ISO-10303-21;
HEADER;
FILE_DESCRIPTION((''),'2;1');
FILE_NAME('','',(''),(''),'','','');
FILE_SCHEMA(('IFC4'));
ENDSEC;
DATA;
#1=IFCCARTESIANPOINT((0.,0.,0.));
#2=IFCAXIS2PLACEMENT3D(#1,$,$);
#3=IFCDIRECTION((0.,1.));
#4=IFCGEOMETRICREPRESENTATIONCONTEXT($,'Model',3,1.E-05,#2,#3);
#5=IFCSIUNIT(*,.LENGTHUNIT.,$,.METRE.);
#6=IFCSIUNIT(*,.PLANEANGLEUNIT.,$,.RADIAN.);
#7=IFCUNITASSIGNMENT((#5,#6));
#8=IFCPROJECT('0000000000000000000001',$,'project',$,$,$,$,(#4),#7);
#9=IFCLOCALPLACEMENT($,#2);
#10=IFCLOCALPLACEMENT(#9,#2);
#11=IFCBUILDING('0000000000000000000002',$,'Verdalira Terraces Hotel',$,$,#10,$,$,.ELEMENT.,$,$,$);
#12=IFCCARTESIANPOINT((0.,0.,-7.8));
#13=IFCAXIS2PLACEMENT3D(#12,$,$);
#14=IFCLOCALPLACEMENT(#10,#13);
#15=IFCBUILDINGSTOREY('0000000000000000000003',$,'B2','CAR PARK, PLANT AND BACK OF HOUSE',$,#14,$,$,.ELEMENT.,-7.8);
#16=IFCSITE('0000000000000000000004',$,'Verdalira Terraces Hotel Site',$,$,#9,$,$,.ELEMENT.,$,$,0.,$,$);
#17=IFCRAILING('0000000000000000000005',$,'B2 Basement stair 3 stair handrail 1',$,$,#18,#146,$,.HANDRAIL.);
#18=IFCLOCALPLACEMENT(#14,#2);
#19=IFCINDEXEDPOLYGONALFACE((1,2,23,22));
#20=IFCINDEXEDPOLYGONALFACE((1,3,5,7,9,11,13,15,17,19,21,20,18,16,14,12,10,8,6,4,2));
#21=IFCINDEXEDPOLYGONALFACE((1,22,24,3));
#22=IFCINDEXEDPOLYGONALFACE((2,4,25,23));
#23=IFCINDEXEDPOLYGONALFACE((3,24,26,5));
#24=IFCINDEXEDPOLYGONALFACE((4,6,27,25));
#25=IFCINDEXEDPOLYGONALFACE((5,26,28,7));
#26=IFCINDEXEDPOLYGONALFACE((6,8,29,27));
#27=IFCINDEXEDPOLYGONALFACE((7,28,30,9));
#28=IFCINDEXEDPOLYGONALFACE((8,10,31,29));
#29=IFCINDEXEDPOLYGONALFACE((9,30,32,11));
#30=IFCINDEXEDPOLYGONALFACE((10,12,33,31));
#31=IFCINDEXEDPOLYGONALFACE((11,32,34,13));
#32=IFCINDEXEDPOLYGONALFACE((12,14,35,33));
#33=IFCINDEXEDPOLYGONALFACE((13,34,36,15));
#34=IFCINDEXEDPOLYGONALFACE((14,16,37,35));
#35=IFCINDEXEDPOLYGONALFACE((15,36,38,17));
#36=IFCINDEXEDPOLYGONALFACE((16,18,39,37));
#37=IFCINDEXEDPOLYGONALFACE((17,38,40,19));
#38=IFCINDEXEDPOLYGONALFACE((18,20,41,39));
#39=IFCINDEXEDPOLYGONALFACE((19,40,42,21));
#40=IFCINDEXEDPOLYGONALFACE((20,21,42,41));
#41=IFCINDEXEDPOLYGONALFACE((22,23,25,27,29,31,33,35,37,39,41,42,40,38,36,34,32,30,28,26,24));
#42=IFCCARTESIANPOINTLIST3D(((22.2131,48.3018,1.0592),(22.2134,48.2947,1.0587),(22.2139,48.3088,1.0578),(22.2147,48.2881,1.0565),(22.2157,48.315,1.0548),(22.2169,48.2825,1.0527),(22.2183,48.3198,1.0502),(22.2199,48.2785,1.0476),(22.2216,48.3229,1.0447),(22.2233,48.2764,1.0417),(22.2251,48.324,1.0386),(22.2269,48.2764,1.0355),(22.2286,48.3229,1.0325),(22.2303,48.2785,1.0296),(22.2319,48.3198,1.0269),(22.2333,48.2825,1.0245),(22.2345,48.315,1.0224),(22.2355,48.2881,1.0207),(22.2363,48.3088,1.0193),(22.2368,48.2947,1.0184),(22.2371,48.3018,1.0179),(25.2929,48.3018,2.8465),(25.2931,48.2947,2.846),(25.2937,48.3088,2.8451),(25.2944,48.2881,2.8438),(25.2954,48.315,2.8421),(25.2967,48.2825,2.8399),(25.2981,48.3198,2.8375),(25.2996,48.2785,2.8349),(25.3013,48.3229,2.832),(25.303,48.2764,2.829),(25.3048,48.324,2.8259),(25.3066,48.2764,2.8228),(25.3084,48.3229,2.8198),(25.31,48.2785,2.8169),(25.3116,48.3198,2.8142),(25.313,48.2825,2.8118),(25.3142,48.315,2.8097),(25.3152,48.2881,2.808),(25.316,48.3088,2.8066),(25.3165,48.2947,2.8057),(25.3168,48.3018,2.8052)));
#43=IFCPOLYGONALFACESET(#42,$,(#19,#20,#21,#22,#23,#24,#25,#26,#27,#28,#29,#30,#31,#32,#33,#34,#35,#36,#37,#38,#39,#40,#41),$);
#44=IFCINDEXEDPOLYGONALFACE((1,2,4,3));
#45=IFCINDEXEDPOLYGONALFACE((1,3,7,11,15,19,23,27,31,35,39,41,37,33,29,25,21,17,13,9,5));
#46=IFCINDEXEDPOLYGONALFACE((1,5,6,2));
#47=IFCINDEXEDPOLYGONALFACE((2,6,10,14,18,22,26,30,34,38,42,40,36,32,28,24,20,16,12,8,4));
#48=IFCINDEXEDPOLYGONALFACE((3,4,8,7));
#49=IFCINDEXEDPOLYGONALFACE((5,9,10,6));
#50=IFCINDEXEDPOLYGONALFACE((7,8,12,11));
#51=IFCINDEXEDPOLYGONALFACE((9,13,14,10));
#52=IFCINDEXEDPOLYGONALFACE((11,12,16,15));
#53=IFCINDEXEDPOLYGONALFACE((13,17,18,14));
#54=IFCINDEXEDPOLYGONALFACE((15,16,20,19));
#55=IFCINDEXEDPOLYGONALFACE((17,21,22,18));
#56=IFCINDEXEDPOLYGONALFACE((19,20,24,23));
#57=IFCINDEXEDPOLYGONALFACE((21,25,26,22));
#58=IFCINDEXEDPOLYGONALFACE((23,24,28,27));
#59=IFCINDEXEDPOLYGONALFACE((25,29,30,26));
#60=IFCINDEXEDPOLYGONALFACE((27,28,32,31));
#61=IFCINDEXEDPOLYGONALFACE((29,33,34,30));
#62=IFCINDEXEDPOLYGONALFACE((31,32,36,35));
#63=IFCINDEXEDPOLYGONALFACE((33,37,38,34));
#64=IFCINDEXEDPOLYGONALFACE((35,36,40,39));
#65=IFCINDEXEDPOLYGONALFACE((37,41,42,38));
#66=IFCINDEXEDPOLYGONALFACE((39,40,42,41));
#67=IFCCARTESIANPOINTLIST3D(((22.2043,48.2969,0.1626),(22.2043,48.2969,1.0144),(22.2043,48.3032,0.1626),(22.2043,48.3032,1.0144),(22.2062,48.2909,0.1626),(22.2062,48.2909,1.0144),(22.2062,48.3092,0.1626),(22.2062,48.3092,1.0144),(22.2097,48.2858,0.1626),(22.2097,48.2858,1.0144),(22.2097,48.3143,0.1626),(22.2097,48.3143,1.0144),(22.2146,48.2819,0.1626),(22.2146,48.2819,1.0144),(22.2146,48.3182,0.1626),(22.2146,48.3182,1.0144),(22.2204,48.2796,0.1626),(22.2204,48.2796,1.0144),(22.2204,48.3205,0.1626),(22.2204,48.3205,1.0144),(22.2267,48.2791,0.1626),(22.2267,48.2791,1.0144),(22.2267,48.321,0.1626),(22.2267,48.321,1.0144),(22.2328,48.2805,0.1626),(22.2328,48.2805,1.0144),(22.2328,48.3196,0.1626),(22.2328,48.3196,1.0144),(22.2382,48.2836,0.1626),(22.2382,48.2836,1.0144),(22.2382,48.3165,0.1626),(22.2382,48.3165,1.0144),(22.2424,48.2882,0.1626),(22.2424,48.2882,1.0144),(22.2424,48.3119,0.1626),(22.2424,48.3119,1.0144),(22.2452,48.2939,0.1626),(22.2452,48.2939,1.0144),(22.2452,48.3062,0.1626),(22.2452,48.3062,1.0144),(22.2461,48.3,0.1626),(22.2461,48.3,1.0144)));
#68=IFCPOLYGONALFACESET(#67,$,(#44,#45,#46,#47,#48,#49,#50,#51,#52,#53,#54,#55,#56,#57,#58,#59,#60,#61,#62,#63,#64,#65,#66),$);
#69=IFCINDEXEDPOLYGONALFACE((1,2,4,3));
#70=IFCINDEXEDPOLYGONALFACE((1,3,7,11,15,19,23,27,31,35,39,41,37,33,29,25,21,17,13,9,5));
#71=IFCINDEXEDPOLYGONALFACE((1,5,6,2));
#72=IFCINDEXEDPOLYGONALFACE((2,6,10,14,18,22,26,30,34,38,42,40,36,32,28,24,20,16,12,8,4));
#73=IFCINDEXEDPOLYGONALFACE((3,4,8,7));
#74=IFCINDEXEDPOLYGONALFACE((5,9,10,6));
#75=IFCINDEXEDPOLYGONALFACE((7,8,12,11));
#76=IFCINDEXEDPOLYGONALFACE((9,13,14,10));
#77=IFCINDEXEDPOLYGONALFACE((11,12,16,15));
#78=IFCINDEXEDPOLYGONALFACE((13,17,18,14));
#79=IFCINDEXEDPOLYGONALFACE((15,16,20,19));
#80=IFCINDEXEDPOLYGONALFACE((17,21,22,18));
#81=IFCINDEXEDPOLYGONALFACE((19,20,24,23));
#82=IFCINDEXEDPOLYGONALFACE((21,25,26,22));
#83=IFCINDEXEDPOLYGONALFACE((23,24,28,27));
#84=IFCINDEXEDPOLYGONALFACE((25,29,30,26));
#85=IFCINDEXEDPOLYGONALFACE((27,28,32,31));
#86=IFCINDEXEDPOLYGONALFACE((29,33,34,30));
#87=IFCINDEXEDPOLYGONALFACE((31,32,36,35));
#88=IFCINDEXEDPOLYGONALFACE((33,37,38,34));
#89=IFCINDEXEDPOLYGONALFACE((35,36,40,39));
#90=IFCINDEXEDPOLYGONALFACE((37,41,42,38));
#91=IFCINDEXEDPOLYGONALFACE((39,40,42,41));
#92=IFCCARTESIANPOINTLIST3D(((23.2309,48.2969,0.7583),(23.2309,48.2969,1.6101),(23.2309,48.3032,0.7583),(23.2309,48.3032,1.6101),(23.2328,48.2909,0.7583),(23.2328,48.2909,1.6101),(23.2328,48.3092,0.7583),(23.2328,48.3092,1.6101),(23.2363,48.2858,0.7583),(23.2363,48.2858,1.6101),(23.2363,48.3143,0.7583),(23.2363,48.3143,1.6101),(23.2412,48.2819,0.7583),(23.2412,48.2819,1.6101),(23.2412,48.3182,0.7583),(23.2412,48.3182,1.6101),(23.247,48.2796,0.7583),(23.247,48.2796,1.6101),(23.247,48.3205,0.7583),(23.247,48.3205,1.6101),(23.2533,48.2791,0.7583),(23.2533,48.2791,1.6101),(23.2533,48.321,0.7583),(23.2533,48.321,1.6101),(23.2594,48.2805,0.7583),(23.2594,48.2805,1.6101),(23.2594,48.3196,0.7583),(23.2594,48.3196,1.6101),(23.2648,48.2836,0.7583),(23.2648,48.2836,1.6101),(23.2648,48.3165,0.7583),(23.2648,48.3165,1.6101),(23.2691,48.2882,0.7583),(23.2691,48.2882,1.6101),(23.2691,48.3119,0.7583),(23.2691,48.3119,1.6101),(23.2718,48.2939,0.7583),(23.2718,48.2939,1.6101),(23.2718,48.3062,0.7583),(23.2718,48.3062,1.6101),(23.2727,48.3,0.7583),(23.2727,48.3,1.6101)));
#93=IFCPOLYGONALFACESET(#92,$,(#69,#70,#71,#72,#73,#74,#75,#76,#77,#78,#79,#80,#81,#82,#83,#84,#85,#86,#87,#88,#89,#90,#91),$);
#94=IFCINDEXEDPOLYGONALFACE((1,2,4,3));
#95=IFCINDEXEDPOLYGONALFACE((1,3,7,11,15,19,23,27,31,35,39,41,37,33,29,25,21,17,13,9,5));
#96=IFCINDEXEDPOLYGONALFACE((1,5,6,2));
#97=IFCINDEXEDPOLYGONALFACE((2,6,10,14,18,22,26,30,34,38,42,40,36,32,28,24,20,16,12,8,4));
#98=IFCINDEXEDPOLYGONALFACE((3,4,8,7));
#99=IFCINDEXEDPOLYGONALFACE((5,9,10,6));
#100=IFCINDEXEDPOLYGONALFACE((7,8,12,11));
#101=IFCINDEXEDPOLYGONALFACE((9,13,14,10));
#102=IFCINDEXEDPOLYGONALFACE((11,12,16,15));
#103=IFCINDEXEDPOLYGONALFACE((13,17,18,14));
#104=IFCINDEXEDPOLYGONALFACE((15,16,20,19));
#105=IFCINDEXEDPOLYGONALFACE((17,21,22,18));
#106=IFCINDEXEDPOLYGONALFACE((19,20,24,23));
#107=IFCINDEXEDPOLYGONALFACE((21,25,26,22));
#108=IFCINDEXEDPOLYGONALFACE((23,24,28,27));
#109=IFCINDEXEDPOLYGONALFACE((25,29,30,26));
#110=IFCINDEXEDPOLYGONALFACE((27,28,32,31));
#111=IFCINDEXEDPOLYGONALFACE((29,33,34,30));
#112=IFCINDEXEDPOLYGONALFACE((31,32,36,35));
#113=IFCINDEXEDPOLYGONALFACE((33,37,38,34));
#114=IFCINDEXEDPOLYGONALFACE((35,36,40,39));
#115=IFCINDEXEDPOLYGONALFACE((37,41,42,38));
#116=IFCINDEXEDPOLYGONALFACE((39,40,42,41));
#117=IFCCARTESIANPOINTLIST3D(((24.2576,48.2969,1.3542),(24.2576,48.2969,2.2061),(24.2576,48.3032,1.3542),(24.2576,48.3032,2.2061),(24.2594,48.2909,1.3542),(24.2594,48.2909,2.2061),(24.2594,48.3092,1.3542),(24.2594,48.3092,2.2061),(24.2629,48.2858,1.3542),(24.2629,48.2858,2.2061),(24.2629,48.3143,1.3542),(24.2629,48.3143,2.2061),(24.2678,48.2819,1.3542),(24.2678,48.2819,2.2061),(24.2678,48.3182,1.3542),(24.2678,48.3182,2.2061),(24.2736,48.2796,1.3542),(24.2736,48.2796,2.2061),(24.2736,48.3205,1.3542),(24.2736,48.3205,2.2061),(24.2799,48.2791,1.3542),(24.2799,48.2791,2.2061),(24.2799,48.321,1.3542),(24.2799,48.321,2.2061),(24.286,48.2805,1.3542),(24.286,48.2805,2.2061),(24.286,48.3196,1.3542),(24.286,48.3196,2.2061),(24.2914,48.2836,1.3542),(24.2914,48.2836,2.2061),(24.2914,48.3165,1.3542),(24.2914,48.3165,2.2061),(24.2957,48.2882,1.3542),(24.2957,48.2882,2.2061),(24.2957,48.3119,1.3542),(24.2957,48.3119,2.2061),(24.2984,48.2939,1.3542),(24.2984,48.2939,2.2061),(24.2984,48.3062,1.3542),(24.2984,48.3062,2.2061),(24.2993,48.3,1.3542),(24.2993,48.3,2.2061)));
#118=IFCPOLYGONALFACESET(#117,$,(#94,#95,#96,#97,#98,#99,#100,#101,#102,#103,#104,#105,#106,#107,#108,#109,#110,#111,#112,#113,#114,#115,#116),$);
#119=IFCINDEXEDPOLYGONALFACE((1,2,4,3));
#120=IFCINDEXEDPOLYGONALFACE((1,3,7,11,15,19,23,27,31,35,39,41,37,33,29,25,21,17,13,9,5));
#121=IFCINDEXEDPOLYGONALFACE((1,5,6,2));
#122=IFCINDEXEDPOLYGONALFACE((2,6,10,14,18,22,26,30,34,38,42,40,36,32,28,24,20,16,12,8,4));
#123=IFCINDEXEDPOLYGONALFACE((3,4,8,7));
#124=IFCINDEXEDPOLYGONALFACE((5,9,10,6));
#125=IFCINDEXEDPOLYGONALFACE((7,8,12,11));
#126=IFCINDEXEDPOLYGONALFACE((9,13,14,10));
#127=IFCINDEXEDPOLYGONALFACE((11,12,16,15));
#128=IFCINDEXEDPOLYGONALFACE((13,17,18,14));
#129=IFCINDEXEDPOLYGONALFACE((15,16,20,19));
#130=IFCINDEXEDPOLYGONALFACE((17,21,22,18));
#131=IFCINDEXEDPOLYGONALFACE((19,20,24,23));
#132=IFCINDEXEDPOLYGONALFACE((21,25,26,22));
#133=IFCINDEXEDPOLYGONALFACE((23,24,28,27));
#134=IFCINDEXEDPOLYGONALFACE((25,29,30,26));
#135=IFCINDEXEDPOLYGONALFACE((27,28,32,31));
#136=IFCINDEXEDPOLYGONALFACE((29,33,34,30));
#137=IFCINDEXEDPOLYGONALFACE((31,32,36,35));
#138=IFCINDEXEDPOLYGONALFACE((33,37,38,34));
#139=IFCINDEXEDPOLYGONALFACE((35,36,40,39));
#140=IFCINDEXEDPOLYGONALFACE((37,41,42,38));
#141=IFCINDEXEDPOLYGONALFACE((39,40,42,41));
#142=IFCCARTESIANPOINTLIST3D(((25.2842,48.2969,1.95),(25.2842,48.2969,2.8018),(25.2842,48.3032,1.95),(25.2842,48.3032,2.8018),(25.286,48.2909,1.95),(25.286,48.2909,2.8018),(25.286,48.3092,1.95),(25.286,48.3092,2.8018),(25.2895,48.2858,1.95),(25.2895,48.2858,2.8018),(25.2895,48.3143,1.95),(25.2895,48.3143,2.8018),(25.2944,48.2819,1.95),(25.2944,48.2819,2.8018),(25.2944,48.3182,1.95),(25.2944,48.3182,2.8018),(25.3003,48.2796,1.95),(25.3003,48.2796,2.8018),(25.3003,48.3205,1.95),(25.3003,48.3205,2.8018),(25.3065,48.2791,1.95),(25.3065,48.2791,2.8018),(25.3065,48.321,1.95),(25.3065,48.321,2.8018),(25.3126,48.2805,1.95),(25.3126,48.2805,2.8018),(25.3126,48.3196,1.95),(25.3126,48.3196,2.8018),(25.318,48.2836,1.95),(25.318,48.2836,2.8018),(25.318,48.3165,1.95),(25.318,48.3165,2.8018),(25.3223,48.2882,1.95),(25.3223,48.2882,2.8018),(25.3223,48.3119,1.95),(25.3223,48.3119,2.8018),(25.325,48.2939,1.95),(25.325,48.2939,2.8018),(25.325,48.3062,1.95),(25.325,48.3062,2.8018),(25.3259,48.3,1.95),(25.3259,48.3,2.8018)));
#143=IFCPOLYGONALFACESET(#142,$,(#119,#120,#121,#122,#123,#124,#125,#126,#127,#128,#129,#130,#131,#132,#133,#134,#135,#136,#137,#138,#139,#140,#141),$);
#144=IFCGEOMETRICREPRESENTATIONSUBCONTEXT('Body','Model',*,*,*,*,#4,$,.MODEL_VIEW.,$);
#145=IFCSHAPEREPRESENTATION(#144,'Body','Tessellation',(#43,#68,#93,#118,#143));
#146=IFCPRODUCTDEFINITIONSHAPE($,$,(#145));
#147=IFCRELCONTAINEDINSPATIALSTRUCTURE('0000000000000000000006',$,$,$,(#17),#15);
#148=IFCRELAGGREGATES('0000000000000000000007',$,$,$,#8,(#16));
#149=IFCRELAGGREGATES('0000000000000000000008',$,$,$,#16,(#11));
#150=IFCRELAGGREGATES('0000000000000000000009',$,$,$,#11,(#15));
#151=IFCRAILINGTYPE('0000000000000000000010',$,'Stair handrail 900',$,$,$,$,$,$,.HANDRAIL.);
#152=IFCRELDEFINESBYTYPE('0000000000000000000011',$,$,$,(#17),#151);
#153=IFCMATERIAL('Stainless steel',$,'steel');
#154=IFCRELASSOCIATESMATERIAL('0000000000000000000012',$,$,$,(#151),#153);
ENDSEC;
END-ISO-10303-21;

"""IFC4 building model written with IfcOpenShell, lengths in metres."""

from ifc_helpers import new_model, si_unit, direction, frame, origin, origin_2d, place, context, subcontext, project, spatial, circle, extrude, material, type_object, element, save


model = new_model("IFC4")

# Units and contexts
model_context = context("Model", 3, precision=1e-05, world=origin(), true_north=direction((0.0, 1.0)))
body_context = subcontext(model_context, "Body", "Model", "MODEL_VIEW")
ifc_project = project(units=[si_unit("LENGTHUNIT", "METRE"), si_unit("PLANEANGLEUNIT", "RADIAN")], contexts=[model_context])

# Site, building, storey
site_placement = place(None, origin())
site = spatial("IfcSite", under=ifc_project, at=site_placement, Name="Verdalira Terraces Hotel Site", CompositionType="ELEMENT", RefElevation=0.0)
building_placement = place(site_placement, origin())
building = spatial("IfcBuilding", under=site, at=building_placement, Name="Verdalira Terraces Hotel", CompositionType="ELEMENT")
storey_placement = place(building_placement, frame((0.0, 0.0, -7.8)))
storey = spatial("IfcBuildingStorey", under=building, at=storey_placement, Name="B2", Description="CAR PARK, PLANT AND BACK OF HOUSE", CompositionType="ELEMENT", Elevation=-7.8)

# Railing
ifc_material_1 = material(Name="Stainless steel", Category="steel")
railing_type_1 = type_object("IfcRailingType", Name="Stair handrail 900", PredefinedType="HANDRAIL", material=ifc_material_1)
railing_1_placement = place(storey_placement, frame((22.2251, 48.3, 0.1626)))
element("IfcRailing", 1, at=railing_1_placement, inside=storey, type_object=railing_type_1, Name="B2 Basement stair 3 stair handrail 1", PredefinedType="HANDRAIL", context=body_context, shape_type="SweptSolid", body=[
    extrude(circle(Radius=0.0239, at=origin_2d()), frame((0.0, 0.0, 0.876), z_axis=(0.864903, 0.0, 0.501939), x_axis=(0.0, 1.0, 0.0)), (0.0, 0.0, 1.0), 3.5608),
    extrude(circle(Radius=0.021, at=origin_2d()), origin(), (0.0, 0.0, 1.0), 0.8518),
    extrude(circle(Radius=0.021, at=origin_2d()), frame((1.0266, 0.0, 0.5957)), (0.0, 0.0, 1.0), 0.8518),
    extrude(circle(Radius=0.021, at=origin_2d()), frame((2.0532, 0.0, 1.1917)), (0.0, 0.0, 1.0), 0.8518),
    extrude(circle(Radius=0.021, at=origin_2d()), frame((3.0798, 0.0, 1.7874)), (0.0, 0.0, 1.0), 0.8518),
])

save(model, "model.ifc")
